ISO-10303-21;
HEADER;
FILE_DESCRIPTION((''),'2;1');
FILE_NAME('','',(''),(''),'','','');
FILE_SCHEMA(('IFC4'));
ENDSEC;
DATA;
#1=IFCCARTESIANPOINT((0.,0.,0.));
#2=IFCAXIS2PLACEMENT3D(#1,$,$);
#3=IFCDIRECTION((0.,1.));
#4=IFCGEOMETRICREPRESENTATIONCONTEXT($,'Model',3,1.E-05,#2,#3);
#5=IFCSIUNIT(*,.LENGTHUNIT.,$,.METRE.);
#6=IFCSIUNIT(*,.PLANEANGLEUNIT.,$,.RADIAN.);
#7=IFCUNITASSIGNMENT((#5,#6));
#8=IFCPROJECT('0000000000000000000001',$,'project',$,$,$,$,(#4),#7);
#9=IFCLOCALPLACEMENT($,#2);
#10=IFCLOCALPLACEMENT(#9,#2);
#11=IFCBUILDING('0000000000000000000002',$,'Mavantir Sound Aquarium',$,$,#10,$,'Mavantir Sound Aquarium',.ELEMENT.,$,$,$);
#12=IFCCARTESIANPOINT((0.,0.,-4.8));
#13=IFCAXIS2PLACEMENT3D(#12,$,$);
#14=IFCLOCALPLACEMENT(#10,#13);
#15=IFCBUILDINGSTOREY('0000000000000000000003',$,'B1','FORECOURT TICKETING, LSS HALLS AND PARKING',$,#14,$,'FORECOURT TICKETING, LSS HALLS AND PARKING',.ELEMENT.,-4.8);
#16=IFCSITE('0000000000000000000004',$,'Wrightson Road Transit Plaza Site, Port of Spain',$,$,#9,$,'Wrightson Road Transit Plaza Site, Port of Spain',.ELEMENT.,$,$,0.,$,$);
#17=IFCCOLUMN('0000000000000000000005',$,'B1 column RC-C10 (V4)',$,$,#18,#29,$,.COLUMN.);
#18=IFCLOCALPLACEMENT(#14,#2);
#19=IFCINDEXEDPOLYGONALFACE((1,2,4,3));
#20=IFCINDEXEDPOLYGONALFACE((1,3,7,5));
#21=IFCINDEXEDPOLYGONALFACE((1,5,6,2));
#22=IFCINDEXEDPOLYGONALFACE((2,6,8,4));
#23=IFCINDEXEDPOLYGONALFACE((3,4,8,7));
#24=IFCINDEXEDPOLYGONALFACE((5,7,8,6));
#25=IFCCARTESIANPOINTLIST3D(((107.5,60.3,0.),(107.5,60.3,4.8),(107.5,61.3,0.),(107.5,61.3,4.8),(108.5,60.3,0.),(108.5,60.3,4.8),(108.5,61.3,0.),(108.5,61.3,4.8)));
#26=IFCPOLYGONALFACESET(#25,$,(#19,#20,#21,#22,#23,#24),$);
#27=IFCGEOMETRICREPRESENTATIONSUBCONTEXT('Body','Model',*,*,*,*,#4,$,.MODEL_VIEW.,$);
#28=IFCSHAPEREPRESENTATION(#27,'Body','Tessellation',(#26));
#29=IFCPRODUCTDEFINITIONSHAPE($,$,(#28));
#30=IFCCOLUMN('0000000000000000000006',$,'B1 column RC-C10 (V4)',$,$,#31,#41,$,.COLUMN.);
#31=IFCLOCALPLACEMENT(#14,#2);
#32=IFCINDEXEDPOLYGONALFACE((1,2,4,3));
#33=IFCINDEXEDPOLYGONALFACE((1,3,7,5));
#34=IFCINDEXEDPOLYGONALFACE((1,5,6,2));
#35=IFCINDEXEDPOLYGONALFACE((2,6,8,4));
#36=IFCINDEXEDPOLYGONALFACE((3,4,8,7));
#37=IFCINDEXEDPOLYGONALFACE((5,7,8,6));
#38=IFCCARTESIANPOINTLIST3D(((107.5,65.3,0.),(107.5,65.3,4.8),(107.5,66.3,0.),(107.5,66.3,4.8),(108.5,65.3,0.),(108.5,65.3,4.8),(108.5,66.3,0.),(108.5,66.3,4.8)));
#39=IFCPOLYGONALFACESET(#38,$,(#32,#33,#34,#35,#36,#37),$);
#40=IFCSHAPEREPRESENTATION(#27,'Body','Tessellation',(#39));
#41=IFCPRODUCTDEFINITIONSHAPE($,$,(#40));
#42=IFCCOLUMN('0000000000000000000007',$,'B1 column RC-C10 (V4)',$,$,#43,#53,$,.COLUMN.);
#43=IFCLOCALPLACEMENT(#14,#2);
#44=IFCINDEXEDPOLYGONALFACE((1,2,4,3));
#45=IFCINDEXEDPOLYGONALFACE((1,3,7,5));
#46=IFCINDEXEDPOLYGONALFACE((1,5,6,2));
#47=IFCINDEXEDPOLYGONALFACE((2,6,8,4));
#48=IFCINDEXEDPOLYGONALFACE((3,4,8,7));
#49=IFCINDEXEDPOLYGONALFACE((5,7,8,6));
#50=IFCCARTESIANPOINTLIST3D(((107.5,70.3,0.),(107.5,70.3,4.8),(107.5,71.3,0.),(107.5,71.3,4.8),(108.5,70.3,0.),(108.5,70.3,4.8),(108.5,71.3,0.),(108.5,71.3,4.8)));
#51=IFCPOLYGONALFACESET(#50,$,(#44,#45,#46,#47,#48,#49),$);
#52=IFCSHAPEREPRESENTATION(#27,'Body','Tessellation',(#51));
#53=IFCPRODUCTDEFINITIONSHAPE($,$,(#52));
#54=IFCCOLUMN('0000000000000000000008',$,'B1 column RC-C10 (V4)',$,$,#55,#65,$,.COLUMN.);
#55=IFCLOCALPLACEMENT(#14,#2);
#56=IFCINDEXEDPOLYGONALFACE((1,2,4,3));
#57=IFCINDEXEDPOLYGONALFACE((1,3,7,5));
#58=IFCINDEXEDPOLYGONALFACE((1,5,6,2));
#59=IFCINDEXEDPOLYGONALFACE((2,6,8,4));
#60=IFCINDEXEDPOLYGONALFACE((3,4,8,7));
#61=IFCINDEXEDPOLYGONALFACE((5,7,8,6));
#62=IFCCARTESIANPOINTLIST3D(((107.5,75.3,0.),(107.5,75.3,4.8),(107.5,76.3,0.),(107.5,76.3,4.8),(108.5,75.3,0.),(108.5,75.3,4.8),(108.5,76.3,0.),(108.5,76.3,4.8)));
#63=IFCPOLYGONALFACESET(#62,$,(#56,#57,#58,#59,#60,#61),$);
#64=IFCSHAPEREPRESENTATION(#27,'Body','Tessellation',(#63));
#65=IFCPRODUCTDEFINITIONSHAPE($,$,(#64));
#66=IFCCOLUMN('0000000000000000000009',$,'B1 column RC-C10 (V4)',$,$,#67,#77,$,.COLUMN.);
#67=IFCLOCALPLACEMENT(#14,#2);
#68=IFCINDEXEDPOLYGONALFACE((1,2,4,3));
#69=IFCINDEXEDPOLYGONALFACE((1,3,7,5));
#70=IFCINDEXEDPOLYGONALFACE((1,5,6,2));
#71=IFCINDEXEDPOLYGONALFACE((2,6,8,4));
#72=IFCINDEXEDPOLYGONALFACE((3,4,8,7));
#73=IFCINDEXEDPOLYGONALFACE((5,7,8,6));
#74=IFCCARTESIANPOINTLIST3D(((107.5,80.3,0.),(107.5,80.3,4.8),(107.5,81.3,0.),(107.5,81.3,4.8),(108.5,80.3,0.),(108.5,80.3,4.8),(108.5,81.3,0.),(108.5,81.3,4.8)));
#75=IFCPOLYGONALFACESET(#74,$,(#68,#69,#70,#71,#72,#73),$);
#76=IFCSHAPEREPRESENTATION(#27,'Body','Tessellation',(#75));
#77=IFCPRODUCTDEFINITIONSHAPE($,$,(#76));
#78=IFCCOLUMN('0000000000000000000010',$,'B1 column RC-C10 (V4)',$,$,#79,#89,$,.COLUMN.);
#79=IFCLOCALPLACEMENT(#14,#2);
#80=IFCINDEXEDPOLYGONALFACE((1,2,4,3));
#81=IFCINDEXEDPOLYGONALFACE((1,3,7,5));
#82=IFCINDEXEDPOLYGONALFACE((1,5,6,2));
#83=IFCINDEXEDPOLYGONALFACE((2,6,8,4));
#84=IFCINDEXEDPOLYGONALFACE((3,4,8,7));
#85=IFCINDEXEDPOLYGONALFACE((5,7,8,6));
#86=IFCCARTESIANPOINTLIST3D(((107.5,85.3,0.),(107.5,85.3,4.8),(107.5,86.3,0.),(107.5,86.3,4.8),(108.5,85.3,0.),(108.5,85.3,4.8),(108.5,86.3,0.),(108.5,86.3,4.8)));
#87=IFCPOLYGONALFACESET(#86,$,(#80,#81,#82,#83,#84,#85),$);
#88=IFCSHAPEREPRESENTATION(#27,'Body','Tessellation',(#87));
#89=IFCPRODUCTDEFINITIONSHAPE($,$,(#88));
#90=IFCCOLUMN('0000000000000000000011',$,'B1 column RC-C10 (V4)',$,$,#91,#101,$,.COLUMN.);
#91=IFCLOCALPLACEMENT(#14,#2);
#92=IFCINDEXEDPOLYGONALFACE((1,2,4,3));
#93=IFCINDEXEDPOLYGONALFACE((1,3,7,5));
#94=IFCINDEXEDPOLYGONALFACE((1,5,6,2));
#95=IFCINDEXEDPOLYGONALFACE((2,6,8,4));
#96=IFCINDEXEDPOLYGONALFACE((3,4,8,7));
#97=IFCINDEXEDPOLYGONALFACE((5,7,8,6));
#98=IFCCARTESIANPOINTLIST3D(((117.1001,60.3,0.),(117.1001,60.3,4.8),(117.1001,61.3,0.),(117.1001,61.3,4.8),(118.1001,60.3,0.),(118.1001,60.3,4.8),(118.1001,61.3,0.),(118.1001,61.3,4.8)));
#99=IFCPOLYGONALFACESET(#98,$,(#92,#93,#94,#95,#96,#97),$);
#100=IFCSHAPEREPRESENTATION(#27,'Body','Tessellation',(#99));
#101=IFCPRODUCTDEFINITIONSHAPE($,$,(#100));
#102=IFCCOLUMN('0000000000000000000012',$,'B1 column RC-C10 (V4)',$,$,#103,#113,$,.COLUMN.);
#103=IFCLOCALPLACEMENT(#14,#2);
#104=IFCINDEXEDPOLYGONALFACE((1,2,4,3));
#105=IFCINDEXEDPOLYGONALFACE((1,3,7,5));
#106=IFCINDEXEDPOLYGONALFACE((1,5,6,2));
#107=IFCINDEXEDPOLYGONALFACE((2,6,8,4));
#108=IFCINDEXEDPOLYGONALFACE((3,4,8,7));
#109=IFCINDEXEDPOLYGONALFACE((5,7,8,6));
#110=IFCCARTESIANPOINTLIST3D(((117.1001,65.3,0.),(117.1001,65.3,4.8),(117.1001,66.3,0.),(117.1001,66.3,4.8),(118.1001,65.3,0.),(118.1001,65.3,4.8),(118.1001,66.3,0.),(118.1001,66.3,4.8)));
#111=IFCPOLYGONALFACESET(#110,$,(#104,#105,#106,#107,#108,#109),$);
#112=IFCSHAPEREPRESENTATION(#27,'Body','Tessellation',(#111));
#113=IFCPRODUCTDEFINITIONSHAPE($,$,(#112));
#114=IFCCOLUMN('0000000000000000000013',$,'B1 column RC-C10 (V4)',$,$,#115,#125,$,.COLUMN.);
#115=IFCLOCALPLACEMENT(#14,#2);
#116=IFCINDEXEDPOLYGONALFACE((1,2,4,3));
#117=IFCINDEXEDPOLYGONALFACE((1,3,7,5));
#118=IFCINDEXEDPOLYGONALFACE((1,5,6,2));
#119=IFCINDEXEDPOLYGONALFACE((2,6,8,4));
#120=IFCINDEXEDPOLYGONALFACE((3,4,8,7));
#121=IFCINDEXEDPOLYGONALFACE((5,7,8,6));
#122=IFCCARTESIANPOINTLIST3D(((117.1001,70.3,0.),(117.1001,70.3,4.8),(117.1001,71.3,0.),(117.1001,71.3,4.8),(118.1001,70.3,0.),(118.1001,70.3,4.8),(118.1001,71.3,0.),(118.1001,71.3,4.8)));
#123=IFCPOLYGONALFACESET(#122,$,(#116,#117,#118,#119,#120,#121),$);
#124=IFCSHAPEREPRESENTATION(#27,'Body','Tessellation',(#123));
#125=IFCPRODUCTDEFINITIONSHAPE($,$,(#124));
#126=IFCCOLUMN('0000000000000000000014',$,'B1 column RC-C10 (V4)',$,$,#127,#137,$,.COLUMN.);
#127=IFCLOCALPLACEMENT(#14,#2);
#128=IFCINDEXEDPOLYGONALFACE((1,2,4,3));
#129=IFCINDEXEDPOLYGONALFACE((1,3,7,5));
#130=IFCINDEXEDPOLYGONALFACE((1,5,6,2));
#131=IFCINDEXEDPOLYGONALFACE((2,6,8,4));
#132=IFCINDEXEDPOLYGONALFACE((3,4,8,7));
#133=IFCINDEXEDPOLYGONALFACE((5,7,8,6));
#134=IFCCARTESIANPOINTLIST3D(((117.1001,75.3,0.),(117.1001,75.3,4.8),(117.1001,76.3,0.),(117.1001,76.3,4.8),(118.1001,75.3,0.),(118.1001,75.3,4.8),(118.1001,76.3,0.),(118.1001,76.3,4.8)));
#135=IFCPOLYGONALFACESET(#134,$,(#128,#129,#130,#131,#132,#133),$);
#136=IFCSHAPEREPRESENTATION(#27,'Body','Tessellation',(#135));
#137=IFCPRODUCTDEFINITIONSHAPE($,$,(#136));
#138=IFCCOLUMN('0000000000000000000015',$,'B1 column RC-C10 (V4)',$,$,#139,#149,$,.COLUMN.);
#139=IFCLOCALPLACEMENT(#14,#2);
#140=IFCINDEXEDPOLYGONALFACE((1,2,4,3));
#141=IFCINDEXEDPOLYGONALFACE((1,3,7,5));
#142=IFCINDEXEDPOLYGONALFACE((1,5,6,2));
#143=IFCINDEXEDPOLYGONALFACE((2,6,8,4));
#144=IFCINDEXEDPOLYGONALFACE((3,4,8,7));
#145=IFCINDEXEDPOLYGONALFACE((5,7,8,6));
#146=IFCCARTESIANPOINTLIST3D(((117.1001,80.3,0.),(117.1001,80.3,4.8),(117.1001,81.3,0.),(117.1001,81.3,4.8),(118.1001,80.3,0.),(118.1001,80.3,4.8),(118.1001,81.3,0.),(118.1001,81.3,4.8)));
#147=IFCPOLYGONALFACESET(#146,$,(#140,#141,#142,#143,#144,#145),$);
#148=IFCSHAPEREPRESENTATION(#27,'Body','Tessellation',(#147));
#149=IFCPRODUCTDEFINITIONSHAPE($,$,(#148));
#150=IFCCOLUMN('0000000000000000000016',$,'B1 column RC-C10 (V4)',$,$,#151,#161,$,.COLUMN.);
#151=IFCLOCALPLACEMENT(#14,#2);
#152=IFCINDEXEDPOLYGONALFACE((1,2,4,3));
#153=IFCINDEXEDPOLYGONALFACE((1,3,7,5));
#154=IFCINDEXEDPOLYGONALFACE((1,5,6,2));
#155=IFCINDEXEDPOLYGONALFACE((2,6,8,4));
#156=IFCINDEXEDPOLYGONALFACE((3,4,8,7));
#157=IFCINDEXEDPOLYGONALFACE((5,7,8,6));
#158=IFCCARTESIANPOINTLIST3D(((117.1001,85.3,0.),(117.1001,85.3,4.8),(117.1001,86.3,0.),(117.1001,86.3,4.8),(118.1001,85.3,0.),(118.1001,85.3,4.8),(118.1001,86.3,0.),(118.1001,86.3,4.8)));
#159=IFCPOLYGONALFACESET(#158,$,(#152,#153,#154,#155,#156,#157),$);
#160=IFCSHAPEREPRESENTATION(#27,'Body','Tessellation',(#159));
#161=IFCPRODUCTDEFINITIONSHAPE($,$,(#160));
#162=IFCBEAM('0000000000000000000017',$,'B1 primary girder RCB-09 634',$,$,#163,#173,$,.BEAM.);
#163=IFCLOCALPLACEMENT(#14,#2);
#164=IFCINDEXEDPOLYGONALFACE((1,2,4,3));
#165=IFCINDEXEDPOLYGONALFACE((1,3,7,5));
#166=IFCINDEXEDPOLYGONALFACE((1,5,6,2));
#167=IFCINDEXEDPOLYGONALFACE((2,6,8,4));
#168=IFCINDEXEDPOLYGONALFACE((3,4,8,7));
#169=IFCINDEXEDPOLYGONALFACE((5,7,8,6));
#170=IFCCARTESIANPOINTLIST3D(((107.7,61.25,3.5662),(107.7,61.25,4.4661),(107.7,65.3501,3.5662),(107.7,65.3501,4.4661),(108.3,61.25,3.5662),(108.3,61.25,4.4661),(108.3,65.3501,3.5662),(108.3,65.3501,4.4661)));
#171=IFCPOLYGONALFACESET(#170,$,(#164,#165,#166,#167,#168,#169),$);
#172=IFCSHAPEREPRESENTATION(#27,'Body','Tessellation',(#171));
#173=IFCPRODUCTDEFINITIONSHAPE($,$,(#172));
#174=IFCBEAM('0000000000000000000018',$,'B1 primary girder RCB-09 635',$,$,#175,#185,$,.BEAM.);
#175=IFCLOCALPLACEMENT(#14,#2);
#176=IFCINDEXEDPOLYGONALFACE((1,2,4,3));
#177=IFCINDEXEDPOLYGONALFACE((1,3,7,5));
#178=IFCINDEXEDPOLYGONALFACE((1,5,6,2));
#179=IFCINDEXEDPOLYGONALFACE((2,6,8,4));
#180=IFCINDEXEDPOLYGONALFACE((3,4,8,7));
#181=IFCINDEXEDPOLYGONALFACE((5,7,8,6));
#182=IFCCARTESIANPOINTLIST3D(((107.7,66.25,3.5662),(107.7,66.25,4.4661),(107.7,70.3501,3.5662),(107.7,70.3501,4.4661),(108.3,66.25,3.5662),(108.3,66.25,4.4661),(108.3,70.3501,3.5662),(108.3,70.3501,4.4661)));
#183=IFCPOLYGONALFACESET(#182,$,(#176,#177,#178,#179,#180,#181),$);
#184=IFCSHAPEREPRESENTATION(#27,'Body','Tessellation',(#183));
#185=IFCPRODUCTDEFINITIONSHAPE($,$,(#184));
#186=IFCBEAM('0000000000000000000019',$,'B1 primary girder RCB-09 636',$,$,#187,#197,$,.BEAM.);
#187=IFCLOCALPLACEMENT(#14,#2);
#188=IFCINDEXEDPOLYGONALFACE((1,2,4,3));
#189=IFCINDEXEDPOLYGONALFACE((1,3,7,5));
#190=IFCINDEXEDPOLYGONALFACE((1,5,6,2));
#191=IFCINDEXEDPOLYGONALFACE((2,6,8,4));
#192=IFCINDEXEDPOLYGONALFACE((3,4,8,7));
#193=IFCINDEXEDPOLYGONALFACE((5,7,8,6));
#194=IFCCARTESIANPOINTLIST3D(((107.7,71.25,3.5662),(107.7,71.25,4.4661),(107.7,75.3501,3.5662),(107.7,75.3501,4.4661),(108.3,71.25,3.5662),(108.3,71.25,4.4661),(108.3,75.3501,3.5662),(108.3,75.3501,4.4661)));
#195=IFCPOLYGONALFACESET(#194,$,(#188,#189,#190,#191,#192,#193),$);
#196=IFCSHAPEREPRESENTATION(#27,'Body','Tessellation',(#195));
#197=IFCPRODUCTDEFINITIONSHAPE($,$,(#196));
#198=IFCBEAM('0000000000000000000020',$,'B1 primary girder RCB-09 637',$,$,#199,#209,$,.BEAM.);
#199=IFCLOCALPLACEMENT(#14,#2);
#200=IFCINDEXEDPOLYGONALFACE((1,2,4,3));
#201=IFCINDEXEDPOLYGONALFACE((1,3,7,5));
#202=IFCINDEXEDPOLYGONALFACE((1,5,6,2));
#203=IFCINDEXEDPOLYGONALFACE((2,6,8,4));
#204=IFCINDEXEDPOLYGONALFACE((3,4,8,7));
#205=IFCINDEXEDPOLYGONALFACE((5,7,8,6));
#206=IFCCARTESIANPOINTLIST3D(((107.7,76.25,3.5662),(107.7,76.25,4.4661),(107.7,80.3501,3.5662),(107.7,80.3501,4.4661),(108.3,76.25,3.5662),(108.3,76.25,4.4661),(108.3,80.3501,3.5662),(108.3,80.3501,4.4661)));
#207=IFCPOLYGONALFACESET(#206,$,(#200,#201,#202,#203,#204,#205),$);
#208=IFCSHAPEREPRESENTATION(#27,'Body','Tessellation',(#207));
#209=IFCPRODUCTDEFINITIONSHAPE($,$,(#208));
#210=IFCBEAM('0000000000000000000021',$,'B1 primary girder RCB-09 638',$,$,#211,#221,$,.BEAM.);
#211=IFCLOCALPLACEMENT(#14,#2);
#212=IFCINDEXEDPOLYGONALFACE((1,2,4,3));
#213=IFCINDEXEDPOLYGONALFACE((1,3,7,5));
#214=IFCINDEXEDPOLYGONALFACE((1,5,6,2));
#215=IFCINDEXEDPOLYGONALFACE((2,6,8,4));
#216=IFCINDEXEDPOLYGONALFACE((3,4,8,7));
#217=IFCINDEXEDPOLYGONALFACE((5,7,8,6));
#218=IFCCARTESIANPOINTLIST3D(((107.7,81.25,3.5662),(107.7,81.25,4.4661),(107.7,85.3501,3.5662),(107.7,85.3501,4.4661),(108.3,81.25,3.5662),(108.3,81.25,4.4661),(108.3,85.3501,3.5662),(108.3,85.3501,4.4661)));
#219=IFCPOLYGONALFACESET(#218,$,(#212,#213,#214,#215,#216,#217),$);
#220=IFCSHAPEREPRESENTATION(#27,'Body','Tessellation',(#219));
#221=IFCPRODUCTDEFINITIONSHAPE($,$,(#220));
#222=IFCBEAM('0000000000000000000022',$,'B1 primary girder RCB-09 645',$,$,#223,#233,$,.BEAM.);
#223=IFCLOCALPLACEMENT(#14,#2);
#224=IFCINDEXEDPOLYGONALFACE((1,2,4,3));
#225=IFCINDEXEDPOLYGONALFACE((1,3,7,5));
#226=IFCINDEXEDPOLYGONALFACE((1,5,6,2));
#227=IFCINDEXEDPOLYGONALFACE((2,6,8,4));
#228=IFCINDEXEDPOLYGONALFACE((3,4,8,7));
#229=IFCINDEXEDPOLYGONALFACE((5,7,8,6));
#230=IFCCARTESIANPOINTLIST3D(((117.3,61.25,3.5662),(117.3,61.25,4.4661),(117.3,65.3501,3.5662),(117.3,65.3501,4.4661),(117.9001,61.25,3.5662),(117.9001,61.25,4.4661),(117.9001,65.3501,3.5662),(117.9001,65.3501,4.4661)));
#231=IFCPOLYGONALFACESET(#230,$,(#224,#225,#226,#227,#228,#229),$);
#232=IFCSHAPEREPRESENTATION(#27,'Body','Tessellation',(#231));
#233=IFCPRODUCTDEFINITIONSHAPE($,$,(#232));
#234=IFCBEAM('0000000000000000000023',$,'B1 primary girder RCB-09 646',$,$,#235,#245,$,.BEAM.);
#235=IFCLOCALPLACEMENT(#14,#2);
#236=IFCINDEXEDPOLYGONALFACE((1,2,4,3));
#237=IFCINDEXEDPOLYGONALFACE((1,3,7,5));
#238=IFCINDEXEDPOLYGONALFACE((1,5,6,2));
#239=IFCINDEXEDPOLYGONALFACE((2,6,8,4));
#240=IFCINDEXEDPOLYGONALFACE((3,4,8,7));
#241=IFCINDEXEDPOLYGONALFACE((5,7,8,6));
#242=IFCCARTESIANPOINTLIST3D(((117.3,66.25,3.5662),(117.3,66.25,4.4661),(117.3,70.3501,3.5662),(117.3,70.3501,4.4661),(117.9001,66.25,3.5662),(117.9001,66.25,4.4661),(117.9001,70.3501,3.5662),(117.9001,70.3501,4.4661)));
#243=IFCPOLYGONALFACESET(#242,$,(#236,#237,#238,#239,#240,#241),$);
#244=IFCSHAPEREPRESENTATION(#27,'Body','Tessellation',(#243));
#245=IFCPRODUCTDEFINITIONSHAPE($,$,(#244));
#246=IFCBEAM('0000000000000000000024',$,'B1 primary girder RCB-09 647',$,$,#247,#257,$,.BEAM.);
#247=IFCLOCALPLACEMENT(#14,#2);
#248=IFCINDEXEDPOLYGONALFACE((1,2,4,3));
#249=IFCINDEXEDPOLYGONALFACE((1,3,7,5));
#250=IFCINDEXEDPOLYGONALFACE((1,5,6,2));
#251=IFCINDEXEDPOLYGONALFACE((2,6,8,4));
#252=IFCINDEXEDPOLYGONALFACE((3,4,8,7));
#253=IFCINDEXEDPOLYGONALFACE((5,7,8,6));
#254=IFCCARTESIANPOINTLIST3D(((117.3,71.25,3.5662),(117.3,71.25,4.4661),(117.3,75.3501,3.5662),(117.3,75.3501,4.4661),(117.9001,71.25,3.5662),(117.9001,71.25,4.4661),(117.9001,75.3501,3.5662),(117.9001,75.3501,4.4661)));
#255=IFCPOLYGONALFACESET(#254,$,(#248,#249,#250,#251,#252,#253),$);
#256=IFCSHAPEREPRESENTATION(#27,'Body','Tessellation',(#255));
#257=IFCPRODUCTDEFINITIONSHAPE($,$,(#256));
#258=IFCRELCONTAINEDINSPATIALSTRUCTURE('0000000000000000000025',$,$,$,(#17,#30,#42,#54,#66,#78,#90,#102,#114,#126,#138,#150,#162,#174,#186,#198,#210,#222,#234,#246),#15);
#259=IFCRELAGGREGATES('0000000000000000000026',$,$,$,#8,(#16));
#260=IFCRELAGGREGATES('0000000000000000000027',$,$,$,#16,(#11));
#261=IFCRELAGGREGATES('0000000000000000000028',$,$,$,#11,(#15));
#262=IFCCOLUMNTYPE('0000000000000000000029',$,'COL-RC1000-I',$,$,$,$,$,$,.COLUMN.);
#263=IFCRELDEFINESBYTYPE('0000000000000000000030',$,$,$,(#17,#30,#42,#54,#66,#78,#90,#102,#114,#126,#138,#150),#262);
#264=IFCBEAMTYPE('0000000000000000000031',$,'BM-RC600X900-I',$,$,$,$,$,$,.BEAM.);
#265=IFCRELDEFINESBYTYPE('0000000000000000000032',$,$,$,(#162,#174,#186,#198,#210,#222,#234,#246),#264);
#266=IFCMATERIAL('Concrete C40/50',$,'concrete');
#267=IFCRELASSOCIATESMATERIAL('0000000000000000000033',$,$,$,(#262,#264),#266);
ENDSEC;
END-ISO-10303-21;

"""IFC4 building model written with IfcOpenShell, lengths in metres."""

from ifc_helpers import new_model, si_unit, direction, frame, origin, origin_2d, place, context, subcontext, project, spatial, rectangle, extrude, material, material_profile, profile_set, type_object, element, save


model = new_model("IFC4")

# Units and contexts
model_context = context("Model", 3, precision=1e-05, world=origin(), true_north=direction((0.0, 1.0)))
body_context = subcontext(model_context, "Body", "Model", "MODEL_VIEW")
ifc_project = project(units=[si_unit("LENGTHUNIT", "METRE"), si_unit("PLANEANGLEUNIT", "RADIAN")], contexts=[model_context])

# Site, building, storey
site_placement = place(None, origin())
site = spatial("IfcSite", under=ifc_project, at=site_placement, Name="Wrightson Road Transit Plaza Site, Port of Spain", LongName="Wrightson Road Transit Plaza Site, Port of Spain", CompositionType="ELEMENT", RefElevation=0.0)
building_placement = place(site_placement, origin())
building = spatial("IfcBuilding", under=site, at=building_placement, Name="Mavantir Sound Aquarium", LongName="Mavantir Sound Aquarium", CompositionType="ELEMENT")
storey_placement = place(building_placement, frame((0.0, 0.0, -4.8)))
storey = spatial("IfcBuildingStorey", under=building, at=storey_placement, Name="B1", Description="FORECOURT TICKETING, LSS HALLS AND PARKING", LongName="FORECOURT TICKETING, LSS HALLS AND PARKING", CompositionType="ELEMENT", Elevation=-4.8)

# Columns
ifc_material = material(Name="Concrete C40/50", Category="concrete")
ifc_material_profile_1 = material_profile(ifc_material, rectangle(XDim=1.0, YDim=1.0, at=origin_2d()), Name="RC 1000X1000")
ifc_profile_set_1 = profile_set([ifc_material_profile_1], Name="Concrete C40/50")
column_type = type_object("IfcColumnType", Name="COL-RC1000-I", PredefinedType="COLUMN", material=ifc_profile_set_1)
for number, where, z_axis, x_axis, name in (
    (1, (108.0, 60.8, 0.0), (0.0, 0.0, 1.0), (1.0, 0.0, 0.0), "B1 column RC-C10 (V4)"),
    (2, (108.0, 65.8, 0.0), (0.0, 0.0, 1.0), (1.0, 0.0, 0.0), "B1 column RC-C10 (V4)"),
    (3, (108.0, 70.8, 0.0), (0.0, 0.0, 1.0), (1.0, 0.0, 0.0), "B1 column RC-C10 (V4)"),
    (4, (108.0, 75.8, 0.0), (0.0, 0.0, 1.0), (1.0, 0.0, 0.0), "B1 column RC-C10 (V4)"),
    (5, (108.0, 80.8, 0.0), (0.0, 0.0, 1.0), (1.0, 0.0, 0.0), "B1 column RC-C10 (V4)"),
    (6, (108.0, 85.8, 0.0), (0.0, 0.0, 1.0), (1.0, 0.0, 0.0), "B1 column RC-C10 (V4)"),
    (7, (117.6001, 60.8, 0.0), (0.0, 0.0, 1.0), (1.0, 0.0, 0.0), "B1 column RC-C10 (V4)"),
    (8, (117.6001, 65.8, 0.0), (0.0, 0.0, 1.0), (1.0, 0.0, 0.0), "B1 column RC-C10 (V4)"),
    (9, (117.6001, 70.8, 0.0), (0.0, 0.0, 1.0), (1.0, 0.0, 0.0), "B1 column RC-C10 (V4)"),
    (10, (117.6001, 75.8, 0.0), (0.0, 0.0, 1.0), (1.0, 0.0, 0.0), "B1 column RC-C10 (V4)"),
    (11, (117.6001, 80.8, 0.0), (0.0, 0.0, 1.0), (1.0, 0.0, 0.0), "B1 column RC-C10 (V4)"),
    (12, (117.6001, 85.8, 0.0), (0.0, 0.0, 1.0), (1.0, 0.0, 0.0), "B1 column RC-C10 (V4)"),
):
    element("IfcColumn", number, at=place(storey_placement, frame(where, z_axis=z_axis, x_axis=x_axis)), inside=storey, type_object=column_type, Name=name, PredefinedType="COLUMN", context=body_context, shape_type="SweptSolid", body=[
        extrude(rectangle(XDim=1.0, YDim=1.0, at=origin_2d()), origin(), (0.0, 0.0, 1.0), 4.8),
    ])

# Beams
ifc_material_profile_2 = material_profile(ifc_material, rectangle(XDim=0.6001, YDim=0.8999, at=origin_2d()), Name="RC 600X900")
ifc_profile_set_2 = profile_set([ifc_material_profile_2], Name="Concrete C40/50")
beam_type = type_object("IfcBeamType", Name="BM-RC600X900-I", PredefinedType="BEAM", material=ifc_profile_set_2)
for number, where, z_axis, x_axis, name in (
    (13, (108.0, 61.25, 4.0161), (0.0, 1.0, 0.0), (-1.0, 0.0, 0.0), "B1 primary girder RCB-09 634"),
    (14, (108.0, 66.25, 4.0161), (0.0, 1.0, 0.0), (-1.0, 0.0, 0.0), "B1 primary girder RCB-09 635"),
    (15, (108.0, 71.25, 4.0161), (0.0, 1.0, 0.0), (-1.0, 0.0, 0.0), "B1 primary girder RCB-09 636"),
    (16, (108.0, 76.25, 4.0161), (0.0, 1.0, 0.0), (-1.0, 0.0, 0.0), "B1 primary girder RCB-09 637"),
    (17, (108.0, 81.25, 4.0161), (0.0, 1.0, 0.0), (-1.0, 0.0, 0.0), "B1 primary girder RCB-09 638"),
    (18, (117.6001, 61.25, 4.0161), (0.0, 1.0, 0.0), (-1.0, 0.0, 0.0), "B1 primary girder RCB-09 645"),
    (19, (117.6001, 66.25, 4.0161), (0.0, 1.0, 0.0), (-1.0, 0.0, 0.0), "B1 primary girder RCB-09 646"),
    (20, (117.6001, 71.25, 4.0161), (0.0, 1.0, 0.0), (-1.0, 0.0, 0.0), "B1 primary girder RCB-09 647"),
):
    element("IfcBeam", number, at=place(storey_placement, frame(where, z_axis=z_axis, x_axis=x_axis)), inside=storey, type_object=beam_type, Name=name, PredefinedType="BEAM", context=body_context, shape_type="SweptSolid", body=[
        extrude(rectangle(XDim=0.6001, YDim=0.8999, at=origin_2d()), origin(), (0.0, 0.0, 1.0), 4.1001),
    ])

save(model, "model.ifc")
